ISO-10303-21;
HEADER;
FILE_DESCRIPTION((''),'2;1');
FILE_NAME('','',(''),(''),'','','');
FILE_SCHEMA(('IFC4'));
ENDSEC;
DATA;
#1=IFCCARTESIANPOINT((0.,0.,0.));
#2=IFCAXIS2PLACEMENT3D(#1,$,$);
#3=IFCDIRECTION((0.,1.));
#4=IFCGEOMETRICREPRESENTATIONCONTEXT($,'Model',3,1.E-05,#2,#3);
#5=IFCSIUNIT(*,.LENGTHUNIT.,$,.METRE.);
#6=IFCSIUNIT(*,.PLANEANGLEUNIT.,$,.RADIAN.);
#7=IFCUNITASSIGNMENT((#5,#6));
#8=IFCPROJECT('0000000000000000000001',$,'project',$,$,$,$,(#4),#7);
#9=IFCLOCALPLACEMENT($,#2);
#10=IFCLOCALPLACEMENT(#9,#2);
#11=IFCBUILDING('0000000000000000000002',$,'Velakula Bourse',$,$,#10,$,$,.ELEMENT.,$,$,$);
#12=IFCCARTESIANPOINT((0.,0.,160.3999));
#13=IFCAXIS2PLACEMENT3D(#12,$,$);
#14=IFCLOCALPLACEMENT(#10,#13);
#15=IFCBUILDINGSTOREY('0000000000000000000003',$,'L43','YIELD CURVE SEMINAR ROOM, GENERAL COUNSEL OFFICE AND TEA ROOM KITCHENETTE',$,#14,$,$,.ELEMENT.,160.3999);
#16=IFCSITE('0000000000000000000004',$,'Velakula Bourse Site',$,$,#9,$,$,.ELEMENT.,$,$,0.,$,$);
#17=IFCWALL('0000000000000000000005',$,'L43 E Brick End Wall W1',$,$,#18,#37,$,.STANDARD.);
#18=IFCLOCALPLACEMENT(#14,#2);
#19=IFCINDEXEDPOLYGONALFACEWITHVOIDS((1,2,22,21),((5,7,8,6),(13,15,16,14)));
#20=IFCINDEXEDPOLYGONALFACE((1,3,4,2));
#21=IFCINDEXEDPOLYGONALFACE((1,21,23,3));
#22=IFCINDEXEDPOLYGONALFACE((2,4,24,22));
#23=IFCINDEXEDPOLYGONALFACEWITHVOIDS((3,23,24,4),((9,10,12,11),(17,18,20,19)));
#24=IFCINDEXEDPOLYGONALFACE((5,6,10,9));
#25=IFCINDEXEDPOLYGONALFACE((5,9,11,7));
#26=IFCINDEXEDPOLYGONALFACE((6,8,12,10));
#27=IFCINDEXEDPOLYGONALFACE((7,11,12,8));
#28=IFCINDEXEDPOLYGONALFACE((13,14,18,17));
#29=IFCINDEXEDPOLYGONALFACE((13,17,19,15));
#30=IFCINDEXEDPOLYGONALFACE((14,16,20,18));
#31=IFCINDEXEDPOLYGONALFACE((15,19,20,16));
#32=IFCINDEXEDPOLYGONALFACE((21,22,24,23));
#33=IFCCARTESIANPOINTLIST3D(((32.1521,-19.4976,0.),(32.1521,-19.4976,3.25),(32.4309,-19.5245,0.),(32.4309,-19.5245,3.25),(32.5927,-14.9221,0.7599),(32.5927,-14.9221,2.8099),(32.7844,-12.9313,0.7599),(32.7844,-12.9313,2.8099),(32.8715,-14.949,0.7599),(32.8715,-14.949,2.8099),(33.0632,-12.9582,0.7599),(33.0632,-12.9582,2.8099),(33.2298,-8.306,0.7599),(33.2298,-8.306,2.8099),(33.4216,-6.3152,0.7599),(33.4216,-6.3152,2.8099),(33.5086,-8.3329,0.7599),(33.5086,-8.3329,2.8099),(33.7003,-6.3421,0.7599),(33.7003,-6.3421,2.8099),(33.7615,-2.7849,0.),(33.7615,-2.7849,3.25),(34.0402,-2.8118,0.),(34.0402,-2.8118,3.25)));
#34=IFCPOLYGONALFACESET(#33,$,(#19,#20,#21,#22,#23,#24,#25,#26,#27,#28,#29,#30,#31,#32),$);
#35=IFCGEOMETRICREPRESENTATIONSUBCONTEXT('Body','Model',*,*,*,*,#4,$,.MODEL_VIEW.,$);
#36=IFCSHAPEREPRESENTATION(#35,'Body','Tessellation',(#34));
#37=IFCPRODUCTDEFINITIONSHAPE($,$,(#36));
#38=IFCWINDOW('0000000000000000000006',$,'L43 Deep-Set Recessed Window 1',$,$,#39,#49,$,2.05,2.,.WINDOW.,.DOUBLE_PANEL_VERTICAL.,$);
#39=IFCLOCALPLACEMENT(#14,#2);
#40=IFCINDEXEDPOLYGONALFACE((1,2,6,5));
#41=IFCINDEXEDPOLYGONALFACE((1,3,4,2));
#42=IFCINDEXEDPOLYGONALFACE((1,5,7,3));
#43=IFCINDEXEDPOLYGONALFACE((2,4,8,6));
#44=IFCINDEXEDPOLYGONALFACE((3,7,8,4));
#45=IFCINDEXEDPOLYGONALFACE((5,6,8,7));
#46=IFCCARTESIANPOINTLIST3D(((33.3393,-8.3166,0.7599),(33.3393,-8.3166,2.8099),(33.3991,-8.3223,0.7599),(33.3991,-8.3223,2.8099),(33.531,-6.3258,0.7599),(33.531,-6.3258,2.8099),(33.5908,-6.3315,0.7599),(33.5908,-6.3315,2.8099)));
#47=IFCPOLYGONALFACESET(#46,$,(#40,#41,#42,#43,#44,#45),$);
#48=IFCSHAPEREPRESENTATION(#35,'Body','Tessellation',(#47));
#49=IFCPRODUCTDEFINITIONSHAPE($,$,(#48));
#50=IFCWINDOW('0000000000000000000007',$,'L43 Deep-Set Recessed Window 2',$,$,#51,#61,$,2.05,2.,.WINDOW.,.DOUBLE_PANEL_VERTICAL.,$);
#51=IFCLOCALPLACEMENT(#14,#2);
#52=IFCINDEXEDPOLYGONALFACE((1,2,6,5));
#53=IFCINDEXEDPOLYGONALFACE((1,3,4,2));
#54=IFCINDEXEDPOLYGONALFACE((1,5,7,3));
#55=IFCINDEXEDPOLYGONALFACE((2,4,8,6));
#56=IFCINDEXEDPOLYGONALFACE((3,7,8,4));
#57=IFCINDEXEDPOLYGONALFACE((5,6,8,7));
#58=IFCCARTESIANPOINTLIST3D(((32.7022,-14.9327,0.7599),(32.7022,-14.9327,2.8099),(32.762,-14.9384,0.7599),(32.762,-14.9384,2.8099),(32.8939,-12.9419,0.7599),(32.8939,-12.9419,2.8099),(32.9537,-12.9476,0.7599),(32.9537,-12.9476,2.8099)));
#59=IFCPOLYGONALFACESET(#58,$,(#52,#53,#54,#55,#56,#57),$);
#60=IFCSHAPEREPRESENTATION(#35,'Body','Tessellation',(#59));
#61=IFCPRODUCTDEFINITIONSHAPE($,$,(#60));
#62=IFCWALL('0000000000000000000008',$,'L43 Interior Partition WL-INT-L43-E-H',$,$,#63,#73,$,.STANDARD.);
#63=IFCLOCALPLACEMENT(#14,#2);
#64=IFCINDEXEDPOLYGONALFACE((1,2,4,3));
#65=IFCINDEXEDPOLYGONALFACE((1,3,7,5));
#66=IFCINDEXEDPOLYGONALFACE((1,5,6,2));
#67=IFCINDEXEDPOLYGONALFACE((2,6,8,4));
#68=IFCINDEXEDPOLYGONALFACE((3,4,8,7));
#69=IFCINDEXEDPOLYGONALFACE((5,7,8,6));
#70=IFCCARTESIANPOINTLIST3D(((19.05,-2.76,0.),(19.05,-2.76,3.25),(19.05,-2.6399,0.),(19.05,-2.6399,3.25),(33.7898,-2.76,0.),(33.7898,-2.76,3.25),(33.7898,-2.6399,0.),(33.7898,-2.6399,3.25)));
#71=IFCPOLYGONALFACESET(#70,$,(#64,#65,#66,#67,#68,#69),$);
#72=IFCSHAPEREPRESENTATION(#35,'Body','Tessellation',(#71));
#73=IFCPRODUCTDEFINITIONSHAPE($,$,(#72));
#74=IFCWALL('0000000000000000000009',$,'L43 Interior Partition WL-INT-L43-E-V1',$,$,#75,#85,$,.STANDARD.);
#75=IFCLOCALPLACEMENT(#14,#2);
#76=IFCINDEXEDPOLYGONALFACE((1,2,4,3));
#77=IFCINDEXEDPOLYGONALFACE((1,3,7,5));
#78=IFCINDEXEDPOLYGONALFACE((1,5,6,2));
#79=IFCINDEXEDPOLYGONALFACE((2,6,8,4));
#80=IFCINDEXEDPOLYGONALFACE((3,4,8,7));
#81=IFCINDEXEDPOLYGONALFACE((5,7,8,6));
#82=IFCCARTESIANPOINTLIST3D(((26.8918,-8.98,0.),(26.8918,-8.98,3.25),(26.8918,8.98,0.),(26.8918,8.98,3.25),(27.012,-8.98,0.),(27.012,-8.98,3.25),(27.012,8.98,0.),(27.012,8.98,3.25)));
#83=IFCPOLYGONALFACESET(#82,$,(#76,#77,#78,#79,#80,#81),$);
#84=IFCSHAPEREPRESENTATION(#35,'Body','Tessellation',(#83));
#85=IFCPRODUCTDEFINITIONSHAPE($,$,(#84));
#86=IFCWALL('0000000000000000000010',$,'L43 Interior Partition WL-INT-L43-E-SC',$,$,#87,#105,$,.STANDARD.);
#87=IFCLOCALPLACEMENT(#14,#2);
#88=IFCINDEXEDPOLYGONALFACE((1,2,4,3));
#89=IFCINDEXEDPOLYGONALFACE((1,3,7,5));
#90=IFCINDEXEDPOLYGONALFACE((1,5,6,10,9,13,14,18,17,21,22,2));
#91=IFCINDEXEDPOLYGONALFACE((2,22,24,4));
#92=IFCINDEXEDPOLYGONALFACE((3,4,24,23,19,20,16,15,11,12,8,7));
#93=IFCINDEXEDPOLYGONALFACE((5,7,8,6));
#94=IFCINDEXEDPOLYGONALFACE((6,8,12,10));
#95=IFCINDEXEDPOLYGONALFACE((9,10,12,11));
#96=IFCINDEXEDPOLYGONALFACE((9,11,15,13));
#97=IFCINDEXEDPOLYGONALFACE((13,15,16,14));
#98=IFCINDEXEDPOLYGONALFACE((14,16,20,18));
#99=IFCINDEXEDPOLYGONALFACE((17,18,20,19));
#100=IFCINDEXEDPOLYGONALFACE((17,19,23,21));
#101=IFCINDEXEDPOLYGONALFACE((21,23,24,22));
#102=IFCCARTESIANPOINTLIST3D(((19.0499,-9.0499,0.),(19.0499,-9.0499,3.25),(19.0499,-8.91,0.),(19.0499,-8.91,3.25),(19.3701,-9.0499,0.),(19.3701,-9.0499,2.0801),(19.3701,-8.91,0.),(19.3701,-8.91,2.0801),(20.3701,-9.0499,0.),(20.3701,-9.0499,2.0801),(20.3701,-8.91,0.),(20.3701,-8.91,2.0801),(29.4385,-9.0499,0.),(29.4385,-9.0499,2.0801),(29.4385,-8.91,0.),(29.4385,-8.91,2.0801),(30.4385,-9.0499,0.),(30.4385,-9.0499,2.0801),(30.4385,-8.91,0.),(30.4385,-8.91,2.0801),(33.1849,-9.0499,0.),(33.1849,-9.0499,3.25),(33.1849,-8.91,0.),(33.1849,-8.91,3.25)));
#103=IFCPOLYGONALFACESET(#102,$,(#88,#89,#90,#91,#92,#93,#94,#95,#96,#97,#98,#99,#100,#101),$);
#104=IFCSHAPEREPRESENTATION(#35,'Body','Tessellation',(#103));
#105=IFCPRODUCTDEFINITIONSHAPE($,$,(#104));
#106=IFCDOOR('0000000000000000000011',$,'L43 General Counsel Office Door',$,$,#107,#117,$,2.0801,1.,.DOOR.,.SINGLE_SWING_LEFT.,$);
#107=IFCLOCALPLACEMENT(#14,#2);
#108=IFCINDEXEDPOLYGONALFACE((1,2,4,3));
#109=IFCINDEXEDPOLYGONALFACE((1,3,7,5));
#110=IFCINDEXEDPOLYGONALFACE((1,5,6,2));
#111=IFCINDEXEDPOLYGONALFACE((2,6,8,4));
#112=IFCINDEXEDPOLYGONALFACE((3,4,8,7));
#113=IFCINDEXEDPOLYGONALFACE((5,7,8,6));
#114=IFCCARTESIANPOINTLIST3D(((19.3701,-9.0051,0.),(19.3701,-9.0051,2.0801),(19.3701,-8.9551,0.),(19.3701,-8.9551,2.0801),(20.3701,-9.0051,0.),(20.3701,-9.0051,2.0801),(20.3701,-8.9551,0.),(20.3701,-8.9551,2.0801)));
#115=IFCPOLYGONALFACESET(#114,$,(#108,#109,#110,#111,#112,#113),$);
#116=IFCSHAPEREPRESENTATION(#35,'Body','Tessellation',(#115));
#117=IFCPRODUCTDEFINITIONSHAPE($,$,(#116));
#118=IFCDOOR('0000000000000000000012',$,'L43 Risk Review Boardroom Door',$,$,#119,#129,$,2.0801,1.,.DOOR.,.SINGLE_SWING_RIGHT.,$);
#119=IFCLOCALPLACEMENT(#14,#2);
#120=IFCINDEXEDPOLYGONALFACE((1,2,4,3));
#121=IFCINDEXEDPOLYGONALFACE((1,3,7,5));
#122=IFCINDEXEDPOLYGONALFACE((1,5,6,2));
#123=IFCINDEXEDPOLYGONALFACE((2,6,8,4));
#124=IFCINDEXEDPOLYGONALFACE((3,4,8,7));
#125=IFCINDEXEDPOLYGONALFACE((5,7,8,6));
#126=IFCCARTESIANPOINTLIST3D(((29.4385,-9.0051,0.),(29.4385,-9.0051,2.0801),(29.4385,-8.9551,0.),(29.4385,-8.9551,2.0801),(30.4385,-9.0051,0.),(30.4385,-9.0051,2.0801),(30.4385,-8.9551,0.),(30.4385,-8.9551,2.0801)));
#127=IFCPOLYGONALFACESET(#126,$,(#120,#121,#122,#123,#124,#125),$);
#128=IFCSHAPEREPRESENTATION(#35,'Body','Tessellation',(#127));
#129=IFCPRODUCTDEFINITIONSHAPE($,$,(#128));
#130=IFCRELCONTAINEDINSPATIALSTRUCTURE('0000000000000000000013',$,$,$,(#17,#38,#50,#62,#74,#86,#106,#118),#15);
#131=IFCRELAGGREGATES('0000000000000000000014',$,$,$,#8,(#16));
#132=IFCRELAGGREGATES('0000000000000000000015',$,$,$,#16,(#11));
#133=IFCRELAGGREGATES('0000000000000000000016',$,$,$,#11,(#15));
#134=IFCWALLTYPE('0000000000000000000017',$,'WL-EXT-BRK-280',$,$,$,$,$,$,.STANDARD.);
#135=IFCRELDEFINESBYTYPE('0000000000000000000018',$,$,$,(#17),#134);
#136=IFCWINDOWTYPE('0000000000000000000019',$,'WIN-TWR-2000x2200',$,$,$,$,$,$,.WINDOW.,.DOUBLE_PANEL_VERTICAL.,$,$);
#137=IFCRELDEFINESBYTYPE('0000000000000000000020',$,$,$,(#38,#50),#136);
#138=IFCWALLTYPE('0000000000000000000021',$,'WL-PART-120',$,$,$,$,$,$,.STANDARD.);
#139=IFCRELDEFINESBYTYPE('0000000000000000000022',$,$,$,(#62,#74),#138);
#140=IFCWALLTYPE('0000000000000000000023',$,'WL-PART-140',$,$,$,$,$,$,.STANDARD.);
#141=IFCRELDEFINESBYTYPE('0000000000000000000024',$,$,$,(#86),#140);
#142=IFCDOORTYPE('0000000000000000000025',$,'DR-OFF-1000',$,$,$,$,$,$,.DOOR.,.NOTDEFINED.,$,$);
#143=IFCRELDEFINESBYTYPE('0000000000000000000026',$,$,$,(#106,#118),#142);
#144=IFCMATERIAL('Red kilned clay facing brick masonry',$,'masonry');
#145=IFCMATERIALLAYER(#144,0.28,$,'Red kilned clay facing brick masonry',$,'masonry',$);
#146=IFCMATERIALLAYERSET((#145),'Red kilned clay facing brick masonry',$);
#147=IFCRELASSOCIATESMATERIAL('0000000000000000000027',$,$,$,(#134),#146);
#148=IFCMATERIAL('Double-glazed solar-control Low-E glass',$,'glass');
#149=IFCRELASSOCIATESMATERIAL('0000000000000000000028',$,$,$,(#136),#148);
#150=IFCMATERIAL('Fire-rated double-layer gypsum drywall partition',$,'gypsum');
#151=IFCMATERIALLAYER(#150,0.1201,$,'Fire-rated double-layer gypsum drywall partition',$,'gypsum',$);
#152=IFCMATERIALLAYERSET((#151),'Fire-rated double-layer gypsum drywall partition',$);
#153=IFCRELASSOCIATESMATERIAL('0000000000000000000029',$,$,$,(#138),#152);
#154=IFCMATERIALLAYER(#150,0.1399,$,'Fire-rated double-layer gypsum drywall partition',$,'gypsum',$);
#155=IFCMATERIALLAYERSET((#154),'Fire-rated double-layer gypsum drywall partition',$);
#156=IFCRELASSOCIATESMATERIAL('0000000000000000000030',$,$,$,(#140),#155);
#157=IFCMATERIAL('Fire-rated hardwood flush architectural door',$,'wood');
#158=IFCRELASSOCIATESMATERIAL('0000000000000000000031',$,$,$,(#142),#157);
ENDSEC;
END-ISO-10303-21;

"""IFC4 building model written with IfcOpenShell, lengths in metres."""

from ifc_helpers import new_model, si_unit, direction, frame, frame_2d, origin, place, context, subcontext, project, spatial, rectangle, extrude, material, layer, layer_set, type_object, element, fill, save


model = new_model("IFC4")

# Units and contexts
model_context = context("Model", 3, precision=1e-05, world=origin(), true_north=direction((0.0, 1.0)))
body_context = subcontext(model_context, "Body", "Model", "MODEL_VIEW")
ifc_project = project(units=[si_unit("LENGTHUNIT", "METRE"), si_unit("PLANEANGLEUNIT", "RADIAN")], contexts=[model_context])

# Site, building, storey
site_placement = place(None, origin())
site = spatial("IfcSite", under=ifc_project, at=site_placement, Name="Velakula Bourse Site", CompositionType="ELEMENT", RefElevation=0.0)
building_placement = place(site_placement, origin())
building = spatial("IfcBuilding", under=site, at=building_placement, Name="Velakula Bourse", CompositionType="ELEMENT")
storey_placement = place(building_placement, frame((0.0, 0.0, 160.3999)))
storey = spatial("IfcBuildingStorey", under=building, at=storey_placement, Name="L43", Description="YIELD CURVE SEMINAR ROOM, GENERAL COUNSEL OFFICE AND TEA ROOM KITCHENETTE", CompositionType="ELEMENT", Elevation=160.3999)

# Wall, openings, windows
ifc_material_1 = material(Name="Red kilned clay facing brick masonry", Category="masonry")
ifc_layer_1 = layer(ifc_material_1, 0.28, Name="Red kilned clay facing brick masonry", Category="masonry")
ifc_layer_set_1 = layer_set([ifc_layer_1], Name="Red kilned clay facing brick masonry")
wall_type_1 = type_object("IfcWallType", Name="WL-EXT-BRK-280", PredefinedType="STANDARD", material=ifc_layer_set_1)
wall_1_placement = place(storey_placement, frame((33.9009, -2.7983, 0.0), z_axis=(0.0, 0.0, 1.0), x_axis=(-0.095853, -0.995395, 0.0)))
wall_1 = element("IfcWall", 1, at=wall_1_placement, inside=storey, type_object=wall_type_1, Name="L43 E Brick End Wall W1", PredefinedType="STANDARD", context=body_context, shape_type="SweptSolid", body=[
    extrude(rectangle(XDim=16.79, YDim=0.28, at=frame_2d((8.395, 0.0))), origin(), (0.0, 0.0, 1.0), 3.25),
])
opening_1_placement = place(wall_1_placement, frame((3.5466, 0.0, 0.76)))
opening_1 = element("IfcOpeningElement", 2, at=opening_1_placement, cuts=wall_1, PredefinedType="OPENING", context=body_context, shape_type="SweptSolid", body=[
    extrude(rectangle(XDim=2.0, YDim=2.05, at=frame_2d((1.0, 1.0249))), frame((0.0, 0.1499, 0.0), z_axis=(0.0, -1.0, 0.0), x_axis=(1.0, 0.0, 0.0)), (0.0, 0.0, 1.0), 0.3),
])
opening_2_placement = place(wall_1_placement, frame((10.1934, 0.0, 0.76)))
opening_2 = element("IfcOpeningElement", 3, at=opening_2_placement, cuts=wall_1, PredefinedType="OPENING", context=body_context, shape_type="SweptSolid", body=[
    extrude(rectangle(XDim=2.0, YDim=2.05, at=frame_2d((1.0, 1.0249))), frame((0.0, 0.1499, 0.0), z_axis=(0.0, -1.0, 0.0), x_axis=(1.0, 0.0, 0.0)), (0.0, 0.0, 1.0), 0.3),
])
ifc_material_2 = material(Name="Double-glazed solar-control Low-E glass", Category="glass")
window_type = type_object("IfcWindowType", Name="WIN-TWR-2000x2200", PartitioningType="DOUBLE_PANEL_VERTICAL", PredefinedType="WINDOW", material=ifc_material_2)
window_1_placement = place(opening_1_placement, origin())
window_1 = element("IfcWindow", 4, at=window_1_placement, inside=storey, type_object=window_type, Name="L43 Deep-Set Recessed Window 1", OverallHeight=2.05, OverallWidth=2.0, PartitioningType="DOUBLE_PANEL_VERTICAL", PredefinedType="WINDOW", context=body_context, shape_type="SweptSolid", body=[
    extrude(rectangle(XDim=2.0, YDim=2.05, at=frame_2d((1.0, 1.0249))), frame((0.0, 0.03, 0.0), z_axis=(0.0, -1.0, 0.0), x_axis=(1.0, 0.0, 0.0)), (0.0, 0.0, 1.0), 0.0601),
])
fill(opening_1, window_1)
window_2_placement = place(opening_2_placement, origin())
window_2 = element("IfcWindow", 5, at=window_2_placement, inside=storey, type_object=window_type, Name="L43 Deep-Set Recessed Window 2", OverallHeight=2.05, OverallWidth=2.0, PartitioningType="DOUBLE_PANEL_VERTICAL", PredefinedType="WINDOW", context=body_context, shape_type="SweptSolid", body=[
    extrude(rectangle(XDim=2.0, YDim=2.05, at=frame_2d((1.0, 1.0249))), frame((0.0, 0.03, 0.0), z_axis=(0.0, -1.0, 0.0), x_axis=(1.0, 0.0, 0.0)), (0.0, 0.0, 1.0), 0.0601),
])
fill(opening_2, window_2)

# Walls
ifc_material_3 = material(Name="Fire-rated double-layer gypsum drywall partition", Category="gypsum")
ifc_layer_2 = layer(ifc_material_3, 0.1201, Name="Fire-rated double-layer gypsum drywall partition", Category="gypsum")
ifc_layer_set_2 = layer_set([ifc_layer_2], Name="Fire-rated double-layer gypsum drywall partition")
wall_type_2 = type_object("IfcWallType", Name="WL-PART-120", PredefinedType="STANDARD", material=ifc_layer_set_2)
wall_2_placement = place(storey_placement, frame((19.05, -2.7, 0.0), z_axis=(0.0, 0.0, 1.0), x_axis=(1.0, 0.0, 0.0)))
element("IfcWall", 6, at=wall_2_placement, inside=storey, type_object=wall_type_2, Name="L43 Interior Partition WL-INT-L43-E-H", PredefinedType="STANDARD", context=body_context, shape_type="SweptSolid", body=[
    extrude(rectangle(XDim=14.7397, YDim=0.1201, at=frame_2d((7.3699, 0.0))), origin(), (0.0, 0.0, 1.0), 3.25),
])
wall_3_placement = place(storey_placement, frame((26.9519, -8.98, 0.0), z_axis=(0.0, 0.0, 1.0), x_axis=(0.0, 1.0, 0.0)))
element("IfcWall", 7, at=wall_3_placement, inside=storey, type_object=wall_type_2, Name="L43 Interior Partition WL-INT-L43-E-V1", PredefinedType="STANDARD", context=body_context, shape_type="SweptSolid", body=[
    extrude(rectangle(XDim=17.96, YDim=0.1201, at=frame_2d((8.98, 0.0))), origin(), (0.0, 0.0, 1.0), 3.25),
])

# Wall, openings, doors
ifc_layer_3 = layer(ifc_material_3, 0.1399, Name="Fire-rated double-layer gypsum drywall partition", Category="gypsum")
ifc_layer_set_3 = layer_set([ifc_layer_3], Name="Fire-rated double-layer gypsum drywall partition")
wall_type_3 = type_object("IfcWallType", Name="WL-PART-140", PredefinedType="STANDARD", material=ifc_layer_set_3)
wall_4_placement = place(storey_placement, frame((19.05, -8.98, 0.0), z_axis=(0.0, 0.0, 1.0), x_axis=(1.0, 0.0, 0.0)))
wall_4 = element("IfcWall", 8, at=wall_4_placement, inside=storey, type_object=wall_type_3, Name="L43 Interior Partition WL-INT-L43-E-SC", PredefinedType="STANDARD", context=body_context, shape_type="SweptSolid", body=[
    extrude(rectangle(XDim=14.135, YDim=0.1399, at=frame_2d((7.0674, 0.0))), origin(), (0.0, 0.0, 1.0), 3.25),
])
opening_3_placement = place(wall_4_placement, frame((0.3201, 0.0, 0.0)))
opening_3 = element("IfcOpeningElement", 9, at=opening_3_placement, cuts=wall_4, PredefinedType="OPENING", context=body_context, shape_type="SweptSolid", body=[
    extrude(rectangle(XDim=1.0, YDim=2.0801, at=frame_2d((0.5, 1.04))), frame((0.0, 0.0798, 0.0), z_axis=(0.0, -1.0, 0.0), x_axis=(1.0, 0.0, 0.0)), (0.0, 0.0, 1.0), 0.1599),
])
opening_4_placement = place(wall_4_placement, frame((10.3884, 0.0, 0.0)))
opening_4 = element("IfcOpeningElement", 10, at=opening_4_placement, cuts=wall_4, PredefinedType="OPENING", context=body_context, shape_type="SweptSolid", body=[
    extrude(rectangle(XDim=1.0, YDim=2.0801, at=frame_2d((0.5, 1.04))), frame((0.0, 0.0798, 0.0), z_axis=(0.0, -1.0, 0.0), x_axis=(1.0, 0.0, 0.0)), (0.0, 0.0, 1.0), 0.1599),
])
ifc_material_4 = material(Name="Fire-rated hardwood flush architectural door", Category="wood")
door_type = type_object("IfcDoorType", Name="DR-OFF-1000", OperationType="NOTDEFINED", PredefinedType="DOOR", material=ifc_material_4)
door_1_placement = place(opening_3_placement, origin())
door_1 = element("IfcDoor", 11, at=door_1_placement, inside=storey, type_object=door_type, Name="L43 General Counsel Office Door", OperationType="SINGLE_SWING_LEFT", OverallHeight=2.0801, OverallWidth=1.0, PredefinedType="DOOR", context=body_context, shape_type="SweptSolid", body=[
    extrude(rectangle(XDim=1.0, YDim=2.0801, at=frame_2d((0.5, 1.04))), frame((0.0, 0.0249, 0.0), z_axis=(0.0, -1.0, 0.0), x_axis=(1.0, 0.0, 0.0)), (0.0, 0.0, 1.0), 0.05),
])
fill(opening_3, door_1)
door_2_placement = place(opening_4_placement, origin())
door_2 = element("IfcDoor", 12, at=door_2_placement, inside=storey, type_object=door_type, Name="L43 Risk Review Boardroom Door", OperationType="SINGLE_SWING_RIGHT", OverallHeight=2.0801, OverallWidth=1.0, PredefinedType="DOOR", context=body_context, shape_type="SweptSolid", body=[
    extrude(rectangle(XDim=1.0, YDim=2.0801, at=frame_2d((0.5, 1.04))), frame((0.0, 0.0249, 0.0), z_axis=(0.0, -1.0, 0.0), x_axis=(1.0, 0.0, 0.0)), (0.0, 0.0, 1.0), 0.05),
])
fill(opening_4, door_2)

save(model, "model.ifc")
